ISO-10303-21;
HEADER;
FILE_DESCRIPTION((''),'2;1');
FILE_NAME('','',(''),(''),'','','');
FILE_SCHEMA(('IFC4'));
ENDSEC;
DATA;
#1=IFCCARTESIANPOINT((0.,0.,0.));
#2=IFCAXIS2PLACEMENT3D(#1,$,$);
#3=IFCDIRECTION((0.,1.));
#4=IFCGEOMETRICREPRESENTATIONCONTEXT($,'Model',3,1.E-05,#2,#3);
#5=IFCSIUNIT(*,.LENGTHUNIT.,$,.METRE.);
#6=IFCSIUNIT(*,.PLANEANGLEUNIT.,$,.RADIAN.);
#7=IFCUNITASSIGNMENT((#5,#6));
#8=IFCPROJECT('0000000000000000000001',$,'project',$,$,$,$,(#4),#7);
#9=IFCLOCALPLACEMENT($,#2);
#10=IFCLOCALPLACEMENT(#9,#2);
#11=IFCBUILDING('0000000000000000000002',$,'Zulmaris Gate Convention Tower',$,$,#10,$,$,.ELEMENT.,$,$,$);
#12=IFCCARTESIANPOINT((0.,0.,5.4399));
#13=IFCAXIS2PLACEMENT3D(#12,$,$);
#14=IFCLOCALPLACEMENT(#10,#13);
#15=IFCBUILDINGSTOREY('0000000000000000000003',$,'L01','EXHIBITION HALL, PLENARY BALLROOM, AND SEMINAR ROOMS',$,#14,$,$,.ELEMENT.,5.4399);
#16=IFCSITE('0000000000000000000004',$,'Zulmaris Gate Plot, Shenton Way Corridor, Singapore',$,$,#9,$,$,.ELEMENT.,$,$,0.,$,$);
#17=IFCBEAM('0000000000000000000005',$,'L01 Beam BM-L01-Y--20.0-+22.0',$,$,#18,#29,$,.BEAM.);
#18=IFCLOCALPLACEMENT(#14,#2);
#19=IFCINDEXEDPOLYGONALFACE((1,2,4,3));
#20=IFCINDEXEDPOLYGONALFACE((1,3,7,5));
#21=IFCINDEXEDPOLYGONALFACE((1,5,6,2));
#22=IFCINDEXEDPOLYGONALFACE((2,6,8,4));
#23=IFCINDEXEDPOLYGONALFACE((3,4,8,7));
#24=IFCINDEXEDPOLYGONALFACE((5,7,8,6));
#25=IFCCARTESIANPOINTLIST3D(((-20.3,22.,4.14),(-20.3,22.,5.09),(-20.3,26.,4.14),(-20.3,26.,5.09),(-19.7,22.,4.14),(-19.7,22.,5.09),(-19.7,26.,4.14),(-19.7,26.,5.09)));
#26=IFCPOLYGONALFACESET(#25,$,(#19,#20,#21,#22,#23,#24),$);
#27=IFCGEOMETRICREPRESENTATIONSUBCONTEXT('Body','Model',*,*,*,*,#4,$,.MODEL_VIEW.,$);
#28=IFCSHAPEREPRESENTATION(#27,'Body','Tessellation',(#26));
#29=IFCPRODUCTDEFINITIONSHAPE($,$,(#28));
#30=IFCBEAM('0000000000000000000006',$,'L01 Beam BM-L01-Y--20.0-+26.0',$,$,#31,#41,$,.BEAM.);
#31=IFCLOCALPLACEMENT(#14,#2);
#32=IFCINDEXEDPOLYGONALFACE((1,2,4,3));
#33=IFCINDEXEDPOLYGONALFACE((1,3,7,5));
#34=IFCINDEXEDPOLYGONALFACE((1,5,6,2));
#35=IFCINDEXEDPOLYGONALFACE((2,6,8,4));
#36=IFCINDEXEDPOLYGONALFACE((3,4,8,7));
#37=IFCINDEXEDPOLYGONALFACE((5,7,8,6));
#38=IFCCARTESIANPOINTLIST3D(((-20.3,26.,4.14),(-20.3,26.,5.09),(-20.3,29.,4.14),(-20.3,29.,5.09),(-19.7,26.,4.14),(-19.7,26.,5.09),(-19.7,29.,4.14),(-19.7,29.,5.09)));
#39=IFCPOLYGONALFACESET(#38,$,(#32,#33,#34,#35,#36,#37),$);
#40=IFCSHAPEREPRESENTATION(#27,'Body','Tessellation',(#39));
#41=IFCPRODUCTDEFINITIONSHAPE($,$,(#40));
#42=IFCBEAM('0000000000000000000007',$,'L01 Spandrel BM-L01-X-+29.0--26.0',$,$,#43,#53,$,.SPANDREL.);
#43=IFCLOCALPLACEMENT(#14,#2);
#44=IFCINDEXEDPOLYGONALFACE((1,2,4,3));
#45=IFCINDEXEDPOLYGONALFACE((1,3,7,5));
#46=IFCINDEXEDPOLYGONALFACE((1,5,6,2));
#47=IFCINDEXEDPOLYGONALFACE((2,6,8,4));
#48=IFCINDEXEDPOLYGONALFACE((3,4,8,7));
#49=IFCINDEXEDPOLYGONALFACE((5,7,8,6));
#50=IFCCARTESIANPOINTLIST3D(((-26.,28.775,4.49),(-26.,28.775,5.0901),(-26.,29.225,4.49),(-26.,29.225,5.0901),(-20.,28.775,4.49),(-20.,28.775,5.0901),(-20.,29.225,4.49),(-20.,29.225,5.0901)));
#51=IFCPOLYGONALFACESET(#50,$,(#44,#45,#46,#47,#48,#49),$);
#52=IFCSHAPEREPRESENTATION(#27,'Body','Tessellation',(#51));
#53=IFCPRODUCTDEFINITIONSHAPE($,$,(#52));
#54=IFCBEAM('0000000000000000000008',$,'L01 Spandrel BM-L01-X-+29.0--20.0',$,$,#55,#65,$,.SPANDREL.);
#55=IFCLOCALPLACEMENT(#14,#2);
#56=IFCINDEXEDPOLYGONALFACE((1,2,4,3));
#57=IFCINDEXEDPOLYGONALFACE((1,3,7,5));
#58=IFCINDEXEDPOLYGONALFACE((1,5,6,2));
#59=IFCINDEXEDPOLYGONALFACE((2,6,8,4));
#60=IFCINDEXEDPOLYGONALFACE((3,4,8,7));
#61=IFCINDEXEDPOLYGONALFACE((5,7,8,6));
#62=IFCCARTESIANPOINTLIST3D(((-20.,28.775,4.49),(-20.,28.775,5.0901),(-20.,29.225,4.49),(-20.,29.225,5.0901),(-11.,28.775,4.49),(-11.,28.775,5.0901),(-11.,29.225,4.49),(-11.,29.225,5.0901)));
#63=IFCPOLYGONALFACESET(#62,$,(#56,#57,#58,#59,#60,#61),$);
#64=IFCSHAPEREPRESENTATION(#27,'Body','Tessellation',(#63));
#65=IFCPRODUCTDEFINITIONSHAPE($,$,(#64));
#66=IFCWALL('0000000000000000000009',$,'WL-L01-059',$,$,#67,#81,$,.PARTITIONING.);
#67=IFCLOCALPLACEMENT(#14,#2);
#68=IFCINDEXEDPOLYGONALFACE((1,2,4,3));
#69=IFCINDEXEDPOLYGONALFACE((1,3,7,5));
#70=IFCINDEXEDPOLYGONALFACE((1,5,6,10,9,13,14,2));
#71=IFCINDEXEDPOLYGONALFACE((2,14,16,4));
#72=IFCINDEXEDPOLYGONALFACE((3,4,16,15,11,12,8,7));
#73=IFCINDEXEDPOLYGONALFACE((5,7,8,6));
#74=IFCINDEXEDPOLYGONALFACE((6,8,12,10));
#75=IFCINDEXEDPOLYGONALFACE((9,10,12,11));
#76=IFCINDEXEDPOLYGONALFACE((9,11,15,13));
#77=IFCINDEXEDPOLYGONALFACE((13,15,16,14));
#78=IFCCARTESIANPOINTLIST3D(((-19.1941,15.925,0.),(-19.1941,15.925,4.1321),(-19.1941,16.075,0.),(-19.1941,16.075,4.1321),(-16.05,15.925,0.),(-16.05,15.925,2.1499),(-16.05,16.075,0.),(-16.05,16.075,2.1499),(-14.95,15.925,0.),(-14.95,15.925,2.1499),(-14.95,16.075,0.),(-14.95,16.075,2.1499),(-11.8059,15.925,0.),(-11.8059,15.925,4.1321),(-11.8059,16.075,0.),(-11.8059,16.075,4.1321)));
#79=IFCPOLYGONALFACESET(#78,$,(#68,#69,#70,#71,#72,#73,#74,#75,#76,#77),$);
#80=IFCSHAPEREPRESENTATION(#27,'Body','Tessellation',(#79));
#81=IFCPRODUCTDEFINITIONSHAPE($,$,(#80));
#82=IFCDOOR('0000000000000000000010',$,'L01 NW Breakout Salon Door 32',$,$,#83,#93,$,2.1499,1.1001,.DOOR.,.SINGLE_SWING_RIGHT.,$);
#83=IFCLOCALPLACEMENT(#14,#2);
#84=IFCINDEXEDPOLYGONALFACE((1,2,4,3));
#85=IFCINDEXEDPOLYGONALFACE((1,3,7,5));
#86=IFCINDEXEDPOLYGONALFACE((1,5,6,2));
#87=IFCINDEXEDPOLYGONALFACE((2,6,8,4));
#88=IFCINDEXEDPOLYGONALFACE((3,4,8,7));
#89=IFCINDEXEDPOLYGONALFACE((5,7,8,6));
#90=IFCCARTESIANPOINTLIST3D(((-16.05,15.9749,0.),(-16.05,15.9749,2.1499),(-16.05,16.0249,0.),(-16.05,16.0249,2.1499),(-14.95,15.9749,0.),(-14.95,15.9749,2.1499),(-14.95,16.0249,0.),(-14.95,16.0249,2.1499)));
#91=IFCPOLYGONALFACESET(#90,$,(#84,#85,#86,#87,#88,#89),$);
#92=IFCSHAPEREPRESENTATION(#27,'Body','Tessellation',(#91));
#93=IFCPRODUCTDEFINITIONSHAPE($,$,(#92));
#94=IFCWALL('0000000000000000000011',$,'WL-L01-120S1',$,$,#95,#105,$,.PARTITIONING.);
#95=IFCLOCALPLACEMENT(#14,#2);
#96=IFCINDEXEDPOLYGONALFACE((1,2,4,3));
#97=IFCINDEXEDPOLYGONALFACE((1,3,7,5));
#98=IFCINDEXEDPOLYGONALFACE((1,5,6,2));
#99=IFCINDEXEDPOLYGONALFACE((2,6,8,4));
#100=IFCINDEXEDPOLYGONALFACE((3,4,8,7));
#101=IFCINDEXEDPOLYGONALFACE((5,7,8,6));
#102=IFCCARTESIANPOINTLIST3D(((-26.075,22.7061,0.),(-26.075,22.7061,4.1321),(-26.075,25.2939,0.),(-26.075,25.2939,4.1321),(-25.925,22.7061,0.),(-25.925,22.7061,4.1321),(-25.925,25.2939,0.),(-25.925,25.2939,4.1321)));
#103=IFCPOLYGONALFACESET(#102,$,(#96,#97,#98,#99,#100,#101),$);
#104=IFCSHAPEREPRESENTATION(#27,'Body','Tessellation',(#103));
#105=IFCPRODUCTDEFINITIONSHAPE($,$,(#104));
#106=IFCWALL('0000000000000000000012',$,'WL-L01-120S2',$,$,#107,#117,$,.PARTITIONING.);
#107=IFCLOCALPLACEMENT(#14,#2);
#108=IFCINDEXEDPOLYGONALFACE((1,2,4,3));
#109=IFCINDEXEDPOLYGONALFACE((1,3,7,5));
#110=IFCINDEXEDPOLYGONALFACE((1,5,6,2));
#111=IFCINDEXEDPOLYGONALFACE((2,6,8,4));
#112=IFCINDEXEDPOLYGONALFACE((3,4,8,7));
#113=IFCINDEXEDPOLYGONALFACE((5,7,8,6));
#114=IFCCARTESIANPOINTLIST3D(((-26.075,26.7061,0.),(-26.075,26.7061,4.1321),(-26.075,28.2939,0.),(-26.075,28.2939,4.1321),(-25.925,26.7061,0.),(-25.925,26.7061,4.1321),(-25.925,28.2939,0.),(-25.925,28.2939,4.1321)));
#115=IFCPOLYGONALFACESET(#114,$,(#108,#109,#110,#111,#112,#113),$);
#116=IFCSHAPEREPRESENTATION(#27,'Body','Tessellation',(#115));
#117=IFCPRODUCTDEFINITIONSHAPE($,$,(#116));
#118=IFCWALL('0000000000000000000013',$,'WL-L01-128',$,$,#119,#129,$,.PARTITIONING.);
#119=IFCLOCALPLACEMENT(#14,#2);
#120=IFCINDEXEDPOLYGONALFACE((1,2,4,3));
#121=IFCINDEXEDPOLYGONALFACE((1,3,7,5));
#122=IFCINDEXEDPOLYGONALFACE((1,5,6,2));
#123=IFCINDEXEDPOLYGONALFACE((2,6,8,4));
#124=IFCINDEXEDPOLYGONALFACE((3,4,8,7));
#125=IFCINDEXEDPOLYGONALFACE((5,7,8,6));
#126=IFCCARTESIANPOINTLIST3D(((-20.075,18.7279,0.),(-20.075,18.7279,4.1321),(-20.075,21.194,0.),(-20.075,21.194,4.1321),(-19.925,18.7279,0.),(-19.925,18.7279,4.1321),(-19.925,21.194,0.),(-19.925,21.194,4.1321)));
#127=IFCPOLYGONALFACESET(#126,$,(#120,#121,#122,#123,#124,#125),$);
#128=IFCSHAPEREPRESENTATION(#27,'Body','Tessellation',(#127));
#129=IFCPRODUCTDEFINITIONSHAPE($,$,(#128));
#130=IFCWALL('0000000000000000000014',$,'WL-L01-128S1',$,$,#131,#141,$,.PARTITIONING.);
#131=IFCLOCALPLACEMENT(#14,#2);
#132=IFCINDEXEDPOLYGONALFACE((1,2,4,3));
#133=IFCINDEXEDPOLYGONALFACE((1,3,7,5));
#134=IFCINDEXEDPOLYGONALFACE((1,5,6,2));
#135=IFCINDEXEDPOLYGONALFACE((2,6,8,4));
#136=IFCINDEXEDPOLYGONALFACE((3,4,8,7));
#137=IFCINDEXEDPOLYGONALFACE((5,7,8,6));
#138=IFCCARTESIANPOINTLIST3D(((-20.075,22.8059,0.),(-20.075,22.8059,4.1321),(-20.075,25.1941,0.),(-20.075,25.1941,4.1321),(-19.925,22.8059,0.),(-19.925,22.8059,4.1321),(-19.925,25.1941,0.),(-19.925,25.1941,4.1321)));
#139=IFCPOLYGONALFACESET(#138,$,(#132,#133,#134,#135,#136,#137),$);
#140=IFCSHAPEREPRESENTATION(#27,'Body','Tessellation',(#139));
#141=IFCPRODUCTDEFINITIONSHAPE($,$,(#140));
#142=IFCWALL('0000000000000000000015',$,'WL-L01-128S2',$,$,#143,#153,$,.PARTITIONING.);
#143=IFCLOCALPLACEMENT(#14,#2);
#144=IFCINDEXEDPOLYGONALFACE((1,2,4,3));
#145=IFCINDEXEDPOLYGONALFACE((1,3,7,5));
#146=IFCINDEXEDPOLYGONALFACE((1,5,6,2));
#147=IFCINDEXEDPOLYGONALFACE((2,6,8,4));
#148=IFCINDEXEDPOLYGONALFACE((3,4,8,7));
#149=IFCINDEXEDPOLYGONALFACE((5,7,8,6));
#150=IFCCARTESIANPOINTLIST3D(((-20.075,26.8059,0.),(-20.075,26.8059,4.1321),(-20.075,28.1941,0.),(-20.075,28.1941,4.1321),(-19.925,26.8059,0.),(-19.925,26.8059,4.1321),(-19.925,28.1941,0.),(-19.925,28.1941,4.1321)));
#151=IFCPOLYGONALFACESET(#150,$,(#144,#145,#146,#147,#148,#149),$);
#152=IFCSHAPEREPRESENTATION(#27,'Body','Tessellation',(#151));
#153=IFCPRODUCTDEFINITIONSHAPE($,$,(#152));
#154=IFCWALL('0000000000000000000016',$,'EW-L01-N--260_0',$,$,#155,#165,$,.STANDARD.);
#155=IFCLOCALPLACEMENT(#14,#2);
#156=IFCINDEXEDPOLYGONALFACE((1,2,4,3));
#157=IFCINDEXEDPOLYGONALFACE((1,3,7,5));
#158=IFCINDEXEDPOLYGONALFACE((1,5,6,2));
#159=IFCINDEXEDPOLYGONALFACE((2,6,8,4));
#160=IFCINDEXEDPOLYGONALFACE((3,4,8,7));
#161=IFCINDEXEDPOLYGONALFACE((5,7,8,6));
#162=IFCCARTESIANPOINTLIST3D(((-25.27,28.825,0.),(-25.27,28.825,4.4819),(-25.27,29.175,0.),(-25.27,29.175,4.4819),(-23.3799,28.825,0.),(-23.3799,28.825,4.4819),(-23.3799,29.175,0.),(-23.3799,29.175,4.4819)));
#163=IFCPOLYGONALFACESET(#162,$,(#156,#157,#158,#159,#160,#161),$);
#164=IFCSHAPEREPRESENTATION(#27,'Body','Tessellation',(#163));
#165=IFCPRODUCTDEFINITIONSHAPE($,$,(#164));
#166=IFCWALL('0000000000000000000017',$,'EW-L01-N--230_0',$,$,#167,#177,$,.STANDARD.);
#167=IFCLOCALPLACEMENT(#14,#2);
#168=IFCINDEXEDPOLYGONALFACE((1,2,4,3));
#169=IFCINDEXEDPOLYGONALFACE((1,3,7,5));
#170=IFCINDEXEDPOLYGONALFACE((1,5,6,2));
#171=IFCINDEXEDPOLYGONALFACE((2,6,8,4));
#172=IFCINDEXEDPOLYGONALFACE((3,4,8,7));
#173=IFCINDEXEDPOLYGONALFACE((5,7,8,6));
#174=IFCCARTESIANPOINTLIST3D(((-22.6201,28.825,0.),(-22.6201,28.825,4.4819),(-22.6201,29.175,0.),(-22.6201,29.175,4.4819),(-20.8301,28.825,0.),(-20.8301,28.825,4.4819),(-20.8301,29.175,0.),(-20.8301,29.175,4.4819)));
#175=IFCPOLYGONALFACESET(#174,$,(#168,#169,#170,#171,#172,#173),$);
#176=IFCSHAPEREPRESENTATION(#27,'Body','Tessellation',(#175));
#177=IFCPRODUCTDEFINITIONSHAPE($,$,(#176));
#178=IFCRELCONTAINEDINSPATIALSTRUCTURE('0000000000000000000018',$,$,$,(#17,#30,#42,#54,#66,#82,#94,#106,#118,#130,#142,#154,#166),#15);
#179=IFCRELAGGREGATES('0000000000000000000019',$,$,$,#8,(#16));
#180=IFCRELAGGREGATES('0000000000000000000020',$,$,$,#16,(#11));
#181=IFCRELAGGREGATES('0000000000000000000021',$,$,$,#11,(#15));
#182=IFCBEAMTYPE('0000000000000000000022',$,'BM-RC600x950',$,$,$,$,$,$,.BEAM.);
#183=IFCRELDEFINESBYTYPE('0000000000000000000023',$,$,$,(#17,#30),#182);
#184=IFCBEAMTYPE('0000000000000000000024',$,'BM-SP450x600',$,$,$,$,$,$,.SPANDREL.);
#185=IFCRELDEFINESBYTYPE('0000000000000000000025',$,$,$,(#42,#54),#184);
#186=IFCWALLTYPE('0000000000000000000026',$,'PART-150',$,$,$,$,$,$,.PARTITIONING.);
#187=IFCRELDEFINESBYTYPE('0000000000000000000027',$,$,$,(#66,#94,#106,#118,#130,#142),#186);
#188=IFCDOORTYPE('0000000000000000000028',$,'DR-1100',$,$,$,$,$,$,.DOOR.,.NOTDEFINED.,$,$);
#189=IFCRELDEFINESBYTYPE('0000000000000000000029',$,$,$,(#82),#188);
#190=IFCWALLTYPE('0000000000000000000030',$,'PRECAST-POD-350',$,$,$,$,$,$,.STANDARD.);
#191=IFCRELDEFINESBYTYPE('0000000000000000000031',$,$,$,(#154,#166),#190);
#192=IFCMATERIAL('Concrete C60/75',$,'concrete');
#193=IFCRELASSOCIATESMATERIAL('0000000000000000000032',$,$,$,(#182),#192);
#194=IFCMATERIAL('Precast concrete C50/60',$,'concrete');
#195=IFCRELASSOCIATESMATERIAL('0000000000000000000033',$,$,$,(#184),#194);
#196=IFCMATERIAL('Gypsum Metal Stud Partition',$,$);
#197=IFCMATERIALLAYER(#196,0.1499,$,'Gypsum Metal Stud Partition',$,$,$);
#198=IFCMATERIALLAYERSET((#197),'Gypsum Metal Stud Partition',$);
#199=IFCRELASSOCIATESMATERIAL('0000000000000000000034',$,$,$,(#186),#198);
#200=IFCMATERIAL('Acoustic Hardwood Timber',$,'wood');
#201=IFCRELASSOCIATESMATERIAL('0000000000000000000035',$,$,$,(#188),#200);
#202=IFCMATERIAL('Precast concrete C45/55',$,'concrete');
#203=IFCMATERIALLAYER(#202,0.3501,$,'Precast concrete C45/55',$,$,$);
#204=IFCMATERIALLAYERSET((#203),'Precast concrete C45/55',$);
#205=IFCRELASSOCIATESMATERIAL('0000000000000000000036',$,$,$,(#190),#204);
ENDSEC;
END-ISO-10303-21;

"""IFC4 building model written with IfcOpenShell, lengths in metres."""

from ifc_helpers import new_model, si_unit, direction, frame, frame_2d, origin, origin_2d, place, context, subcontext, project, spatial, rectangle, extrude, material, layer, layer_set, material_profile, profile_set, type_object, element, fill, save


model = new_model("IFC4")

# Units and contexts
model_context = context("Model", 3, precision=1e-05, world=origin(), true_north=direction((0.0, 1.0)))
body_context = subcontext(model_context, "Body", "Model", "MODEL_VIEW")
ifc_project = project(units=[si_unit("LENGTHUNIT", "METRE"), si_unit("PLANEANGLEUNIT", "RADIAN")], contexts=[model_context])

# Site, building, storey
site_placement = place(None, origin())
site = spatial("IfcSite", under=ifc_project, at=site_placement, Name="Zulmaris Gate Plot, Shenton Way Corridor, Singapore", CompositionType="ELEMENT", RefElevation=0.0)
building_placement = place(site_placement, origin())
building = spatial("IfcBuilding", under=site, at=building_placement, Name="Zulmaris Gate Convention Tower", CompositionType="ELEMENT")
storey_placement = place(building_placement, frame((0.0, 0.0, 5.4399)))
storey = spatial("IfcBuildingStorey", under=building, at=storey_placement, Name="L01", Description="EXHIBITION HALL, PLENARY BALLROOM, AND SEMINAR ROOMS", CompositionType="ELEMENT", Elevation=5.4399)

# Shared definitions
ifc_material_1 = material(Name="Precast concrete C50/60", Category="concrete")

# Beams
ifc_material_2 = material(Name="Concrete C60/75", Category="concrete")
ifc_material_profile_1 = material_profile(ifc_material_2, rectangle(XDim=0.6001, YDim=0.95, at=origin_2d()), Name="RC BEAM 600x950")
ifc_profile_set_1 = profile_set([ifc_material_profile_1], Name="Concrete C60/75")
beam_type_1 = type_object("IfcBeamType", Name="BM-RC600x950", PredefinedType="BEAM", material=ifc_profile_set_1)
beam_1_placement = place(storey_placement, frame((-20.0, 22.0, 4.615), z_axis=(0.0, 1.0, 0.0), x_axis=(-1.0, 0.0, 0.0)))
element("IfcBeam", 1, at=beam_1_placement, inside=storey, type_object=beam_type_1, Name="L01 Beam BM-L01-Y--20.0-+22.0", PredefinedType="BEAM", context=body_context, shape_type="SweptSolid", body=[
    extrude(rectangle(XDim=0.6001, YDim=0.95, at=origin_2d()), origin(), (0.0, 0.0, 1.0), 4.0),
])
beam_2_placement = place(storey_placement, frame((-20.0, 26.0, 4.615), z_axis=(0.0, 1.0, 0.0), x_axis=(-1.0, 0.0, 0.0)))
element("IfcBeam", 2, at=beam_2_placement, inside=storey, type_object=beam_type_1, Name="L01 Beam BM-L01-Y--20.0-+26.0", PredefinedType="BEAM", context=body_context, shape_type="SweptSolid", body=[
    extrude(rectangle(XDim=0.6001, YDim=0.95, at=origin_2d()), origin(), (0.0, 0.0, 1.0), 3.0),
])
ifc_material_profile_2 = material_profile(ifc_material_1, rectangle(XDim=0.45, YDim=0.6001, at=origin_2d()), Name="RC SPANDREL 450x600")
ifc_profile_set_2 = profile_set([ifc_material_profile_2], Name="Precast concrete C50/60")
beam_type_2 = type_object("IfcBeamType", Name="BM-SP450x600", PredefinedType="SPANDREL", material=ifc_profile_set_2)
beam_3_placement = place(storey_placement, frame((-26.0, 29.0, 4.79), z_axis=(1.0, 0.0, 0.0), x_axis=(0.0, 1.0, 0.0)))
element("IfcBeam", 3, at=beam_3_placement, inside=storey, type_object=beam_type_2, Name="L01 Spandrel BM-L01-X-+29.0--26.0", PredefinedType="SPANDREL", context=body_context, shape_type="SweptSolid", body=[
    extrude(rectangle(XDim=0.45, YDim=0.6001, at=origin_2d()), origin(), (0.0, 0.0, 1.0), 6.0),
])
beam_4_placement = place(storey_placement, frame((-20.0, 29.0, 4.79), z_axis=(1.0, 0.0, 0.0), x_axis=(0.0, 1.0, 0.0)))
element("IfcBeam", 4, at=beam_4_placement, inside=storey, type_object=beam_type_2, Name="L01 Spandrel BM-L01-X-+29.0--20.0", PredefinedType="SPANDREL", context=body_context, shape_type="SweptSolid", body=[
    extrude(rectangle(XDim=0.45, YDim=0.6001, at=origin_2d()), origin(), (0.0, 0.0, 1.0), 9.0),
])

# Wall, opening, door
ifc_material_3 = material(Name="Gypsum Metal Stud Partition")
ifc_layer_1 = layer(ifc_material_3, 0.1499, Name="Gypsum Metal Stud Partition")
ifc_layer_set_1 = layer_set([ifc_layer_1], Name="Gypsum Metal Stud Partition")
wall_type_1 = type_object("IfcWallType", Name="PART-150", PredefinedType="PARTITIONING", material=ifc_layer_set_1)
wall_1_placement = place(storey_placement, frame((-19.1941, 16.0, 0.0), z_axis=(0.0, 0.0, 1.0), x_axis=(1.0, 0.0, 0.0)))
wall_1 = element("IfcWall", 5, at=wall_1_placement, inside=storey, type_object=wall_type_1, Name="WL-L01-059", PredefinedType="PARTITIONING", context=body_context, shape_type="SweptSolid", body=[
    extrude(rectangle(XDim=7.3882, YDim=0.1499, at=frame_2d((3.6941, 0.0))), origin(), (0.0, 0.0, 1.0), 4.1321),
])
opening_placement = place(wall_1_placement, frame((3.144, 0.0, 0.0)))
opening = element("IfcOpeningElement", 6, at=opening_placement, cuts=wall_1, PredefinedType="OPENING", context=body_context, shape_type="SweptSolid", body=[
    extrude(rectangle(XDim=1.1001, YDim=2.1499, at=frame_2d((0.55, 1.075))), frame((0.0, 0.085, 0.0), z_axis=(0.0, -1.0, 0.0), x_axis=(1.0, 0.0, 0.0)), (0.0, 0.0, 1.0), 0.1699),
])
ifc_material_4 = material(Name="Acoustic Hardwood Timber", Category="wood")
door_type = type_object("IfcDoorType", Name="DR-1100", OperationType="NOTDEFINED", PredefinedType="DOOR", material=ifc_material_4)
door_placement = place(opening_placement, origin())
door = element("IfcDoor", 7, at=door_placement, inside=storey, type_object=door_type, Name="L01 NW Breakout Salon Door 32", OperationType="SINGLE_SWING_RIGHT", OverallHeight=2.1499, OverallWidth=1.1001, PredefinedType="DOOR", context=body_context, shape_type="SweptSolid", body=[
    extrude(rectangle(XDim=1.1001, YDim=2.1499, at=frame_2d((0.55, 1.075))), frame((0.0, 0.0249, 0.0), z_axis=(0.0, -1.0, 0.0), x_axis=(1.0, 0.0, 0.0)), (0.0, 0.0, 1.0), 0.05),
])
fill(opening, door)

# Walls
wall_2_placement = place(storey_placement, frame((-26.0, 22.7061, 0.0), z_axis=(0.0, 0.0, 1.0), x_axis=(0.0, 1.0, 0.0)))
element("IfcWall", 8, at=wall_2_placement, inside=storey, type_object=wall_type_1, Name="WL-L01-120S1", PredefinedType="PARTITIONING", context=body_context, shape_type="SweptSolid", body=[
    extrude(rectangle(XDim=2.5879, YDim=0.1499, at=frame_2d((1.2939, 0.0))), origin(), (0.0, 0.0, 1.0), 4.1321),
])
wall_3_placement = place(storey_placement, frame((-26.0, 26.7061, 0.0), z_axis=(0.0, 0.0, 1.0), x_axis=(0.0, 1.0, 0.0)))
element("IfcWall", 9, at=wall_3_placement, inside=storey, type_object=wall_type_1, Name="WL-L01-120S2", PredefinedType="PARTITIONING", context=body_context, shape_type="SweptSolid", body=[
    extrude(rectangle(XDim=1.5879, YDim=0.1499, at=frame_2d((0.7939, 0.0))), origin(), (0.0, 0.0, 1.0), 4.1321),
])
wall_4_placement = place(storey_placement, frame((-20.0, 18.728, 0.0), z_axis=(0.0, 0.0, 1.0), x_axis=(0.0, 1.0, 0.0)))
element("IfcWall", 10, at=wall_4_placement, inside=storey, type_object=wall_type_1, Name="WL-L01-128", PredefinedType="PARTITIONING", context=body_context, shape_type="SweptSolid", body=[
    extrude(rectangle(XDim=2.4661, YDim=0.1499, at=frame_2d((1.2329, 0.0))), origin(), (0.0, 0.0, 1.0), 4.1321),
])
wall_5_placement = place(storey_placement, frame((-20.0, 22.8059, 0.0), z_axis=(0.0, 0.0, 1.0), x_axis=(0.0, 1.0, 0.0)))
element("IfcWall", 11, at=wall_5_placement, inside=storey, type_object=wall_type_1, Name="WL-L01-128S1", PredefinedType="PARTITIONING", context=body_context, shape_type="SweptSolid", body=[
    extrude(rectangle(XDim=2.3882, YDim=0.1499, at=frame_2d((1.1941, 0.0))), origin(), (0.0, 0.0, 1.0), 4.1321),
])
wall_6_placement = place(storey_placement, frame((-20.0, 26.8059, 0.0), z_axis=(0.0, 0.0, 1.0), x_axis=(0.0, 1.0, 0.0)))
element("IfcWall", 12, at=wall_6_placement, inside=storey, type_object=wall_type_1, Name="WL-L01-128S2", PredefinedType="PARTITIONING", context=body_context, shape_type="SweptSolid", body=[
    extrude(rectangle(XDim=1.3882, YDim=0.1499, at=frame_2d((0.6941, 0.0))), origin(), (0.0, 0.0, 1.0), 4.1321),
])
ifc_material_5 = material(Name="Precast concrete C45/55", Category="concrete")
ifc_layer_2 = layer(ifc_material_5, 0.3501, Name="Precast concrete C45/55")
ifc_layer_set_2 = layer_set([ifc_layer_2], Name="Precast concrete C45/55")
wall_type_2 = type_object("IfcWallType", Name="PRECAST-POD-350", PredefinedType="STANDARD", material=ifc_layer_set_2)
wall_7_placement = place(storey_placement, frame((-23.3799, 29.0, 0.0), z_axis=(0.0, 0.0, 1.0), x_axis=(-1.0, 0.0, 0.0)))
element("IfcWall", 13, at=wall_7_placement, inside=storey, type_object=wall_type_2, Name="EW-L01-N--260_0", PredefinedType="STANDARD", context=body_context, shape_type="SweptSolid", body=[
    extrude(rectangle(XDim=1.8901, YDim=0.3501, at=frame_2d((0.9451, 0.0))), origin(), (0.0, 0.0, 1.0), 4.4819),
])
wall_8_placement = place(storey_placement, frame((-20.8301, 29.0, 0.0), z_axis=(0.0, 0.0, 1.0), x_axis=(-1.0, 0.0, 0.0)))
element("IfcWall", 14, at=wall_8_placement, inside=storey, type_object=wall_type_2, Name="EW-L01-N--230_0", PredefinedType="STANDARD", context=body_context, shape_type="SweptSolid", body=[
    extrude(rectangle(XDim=1.79, YDim=0.3501, at=frame_2d((0.895, 0.0))), origin(), (0.0, 0.0, 1.0), 4.4819),
])

save(model, "model.ifc")
